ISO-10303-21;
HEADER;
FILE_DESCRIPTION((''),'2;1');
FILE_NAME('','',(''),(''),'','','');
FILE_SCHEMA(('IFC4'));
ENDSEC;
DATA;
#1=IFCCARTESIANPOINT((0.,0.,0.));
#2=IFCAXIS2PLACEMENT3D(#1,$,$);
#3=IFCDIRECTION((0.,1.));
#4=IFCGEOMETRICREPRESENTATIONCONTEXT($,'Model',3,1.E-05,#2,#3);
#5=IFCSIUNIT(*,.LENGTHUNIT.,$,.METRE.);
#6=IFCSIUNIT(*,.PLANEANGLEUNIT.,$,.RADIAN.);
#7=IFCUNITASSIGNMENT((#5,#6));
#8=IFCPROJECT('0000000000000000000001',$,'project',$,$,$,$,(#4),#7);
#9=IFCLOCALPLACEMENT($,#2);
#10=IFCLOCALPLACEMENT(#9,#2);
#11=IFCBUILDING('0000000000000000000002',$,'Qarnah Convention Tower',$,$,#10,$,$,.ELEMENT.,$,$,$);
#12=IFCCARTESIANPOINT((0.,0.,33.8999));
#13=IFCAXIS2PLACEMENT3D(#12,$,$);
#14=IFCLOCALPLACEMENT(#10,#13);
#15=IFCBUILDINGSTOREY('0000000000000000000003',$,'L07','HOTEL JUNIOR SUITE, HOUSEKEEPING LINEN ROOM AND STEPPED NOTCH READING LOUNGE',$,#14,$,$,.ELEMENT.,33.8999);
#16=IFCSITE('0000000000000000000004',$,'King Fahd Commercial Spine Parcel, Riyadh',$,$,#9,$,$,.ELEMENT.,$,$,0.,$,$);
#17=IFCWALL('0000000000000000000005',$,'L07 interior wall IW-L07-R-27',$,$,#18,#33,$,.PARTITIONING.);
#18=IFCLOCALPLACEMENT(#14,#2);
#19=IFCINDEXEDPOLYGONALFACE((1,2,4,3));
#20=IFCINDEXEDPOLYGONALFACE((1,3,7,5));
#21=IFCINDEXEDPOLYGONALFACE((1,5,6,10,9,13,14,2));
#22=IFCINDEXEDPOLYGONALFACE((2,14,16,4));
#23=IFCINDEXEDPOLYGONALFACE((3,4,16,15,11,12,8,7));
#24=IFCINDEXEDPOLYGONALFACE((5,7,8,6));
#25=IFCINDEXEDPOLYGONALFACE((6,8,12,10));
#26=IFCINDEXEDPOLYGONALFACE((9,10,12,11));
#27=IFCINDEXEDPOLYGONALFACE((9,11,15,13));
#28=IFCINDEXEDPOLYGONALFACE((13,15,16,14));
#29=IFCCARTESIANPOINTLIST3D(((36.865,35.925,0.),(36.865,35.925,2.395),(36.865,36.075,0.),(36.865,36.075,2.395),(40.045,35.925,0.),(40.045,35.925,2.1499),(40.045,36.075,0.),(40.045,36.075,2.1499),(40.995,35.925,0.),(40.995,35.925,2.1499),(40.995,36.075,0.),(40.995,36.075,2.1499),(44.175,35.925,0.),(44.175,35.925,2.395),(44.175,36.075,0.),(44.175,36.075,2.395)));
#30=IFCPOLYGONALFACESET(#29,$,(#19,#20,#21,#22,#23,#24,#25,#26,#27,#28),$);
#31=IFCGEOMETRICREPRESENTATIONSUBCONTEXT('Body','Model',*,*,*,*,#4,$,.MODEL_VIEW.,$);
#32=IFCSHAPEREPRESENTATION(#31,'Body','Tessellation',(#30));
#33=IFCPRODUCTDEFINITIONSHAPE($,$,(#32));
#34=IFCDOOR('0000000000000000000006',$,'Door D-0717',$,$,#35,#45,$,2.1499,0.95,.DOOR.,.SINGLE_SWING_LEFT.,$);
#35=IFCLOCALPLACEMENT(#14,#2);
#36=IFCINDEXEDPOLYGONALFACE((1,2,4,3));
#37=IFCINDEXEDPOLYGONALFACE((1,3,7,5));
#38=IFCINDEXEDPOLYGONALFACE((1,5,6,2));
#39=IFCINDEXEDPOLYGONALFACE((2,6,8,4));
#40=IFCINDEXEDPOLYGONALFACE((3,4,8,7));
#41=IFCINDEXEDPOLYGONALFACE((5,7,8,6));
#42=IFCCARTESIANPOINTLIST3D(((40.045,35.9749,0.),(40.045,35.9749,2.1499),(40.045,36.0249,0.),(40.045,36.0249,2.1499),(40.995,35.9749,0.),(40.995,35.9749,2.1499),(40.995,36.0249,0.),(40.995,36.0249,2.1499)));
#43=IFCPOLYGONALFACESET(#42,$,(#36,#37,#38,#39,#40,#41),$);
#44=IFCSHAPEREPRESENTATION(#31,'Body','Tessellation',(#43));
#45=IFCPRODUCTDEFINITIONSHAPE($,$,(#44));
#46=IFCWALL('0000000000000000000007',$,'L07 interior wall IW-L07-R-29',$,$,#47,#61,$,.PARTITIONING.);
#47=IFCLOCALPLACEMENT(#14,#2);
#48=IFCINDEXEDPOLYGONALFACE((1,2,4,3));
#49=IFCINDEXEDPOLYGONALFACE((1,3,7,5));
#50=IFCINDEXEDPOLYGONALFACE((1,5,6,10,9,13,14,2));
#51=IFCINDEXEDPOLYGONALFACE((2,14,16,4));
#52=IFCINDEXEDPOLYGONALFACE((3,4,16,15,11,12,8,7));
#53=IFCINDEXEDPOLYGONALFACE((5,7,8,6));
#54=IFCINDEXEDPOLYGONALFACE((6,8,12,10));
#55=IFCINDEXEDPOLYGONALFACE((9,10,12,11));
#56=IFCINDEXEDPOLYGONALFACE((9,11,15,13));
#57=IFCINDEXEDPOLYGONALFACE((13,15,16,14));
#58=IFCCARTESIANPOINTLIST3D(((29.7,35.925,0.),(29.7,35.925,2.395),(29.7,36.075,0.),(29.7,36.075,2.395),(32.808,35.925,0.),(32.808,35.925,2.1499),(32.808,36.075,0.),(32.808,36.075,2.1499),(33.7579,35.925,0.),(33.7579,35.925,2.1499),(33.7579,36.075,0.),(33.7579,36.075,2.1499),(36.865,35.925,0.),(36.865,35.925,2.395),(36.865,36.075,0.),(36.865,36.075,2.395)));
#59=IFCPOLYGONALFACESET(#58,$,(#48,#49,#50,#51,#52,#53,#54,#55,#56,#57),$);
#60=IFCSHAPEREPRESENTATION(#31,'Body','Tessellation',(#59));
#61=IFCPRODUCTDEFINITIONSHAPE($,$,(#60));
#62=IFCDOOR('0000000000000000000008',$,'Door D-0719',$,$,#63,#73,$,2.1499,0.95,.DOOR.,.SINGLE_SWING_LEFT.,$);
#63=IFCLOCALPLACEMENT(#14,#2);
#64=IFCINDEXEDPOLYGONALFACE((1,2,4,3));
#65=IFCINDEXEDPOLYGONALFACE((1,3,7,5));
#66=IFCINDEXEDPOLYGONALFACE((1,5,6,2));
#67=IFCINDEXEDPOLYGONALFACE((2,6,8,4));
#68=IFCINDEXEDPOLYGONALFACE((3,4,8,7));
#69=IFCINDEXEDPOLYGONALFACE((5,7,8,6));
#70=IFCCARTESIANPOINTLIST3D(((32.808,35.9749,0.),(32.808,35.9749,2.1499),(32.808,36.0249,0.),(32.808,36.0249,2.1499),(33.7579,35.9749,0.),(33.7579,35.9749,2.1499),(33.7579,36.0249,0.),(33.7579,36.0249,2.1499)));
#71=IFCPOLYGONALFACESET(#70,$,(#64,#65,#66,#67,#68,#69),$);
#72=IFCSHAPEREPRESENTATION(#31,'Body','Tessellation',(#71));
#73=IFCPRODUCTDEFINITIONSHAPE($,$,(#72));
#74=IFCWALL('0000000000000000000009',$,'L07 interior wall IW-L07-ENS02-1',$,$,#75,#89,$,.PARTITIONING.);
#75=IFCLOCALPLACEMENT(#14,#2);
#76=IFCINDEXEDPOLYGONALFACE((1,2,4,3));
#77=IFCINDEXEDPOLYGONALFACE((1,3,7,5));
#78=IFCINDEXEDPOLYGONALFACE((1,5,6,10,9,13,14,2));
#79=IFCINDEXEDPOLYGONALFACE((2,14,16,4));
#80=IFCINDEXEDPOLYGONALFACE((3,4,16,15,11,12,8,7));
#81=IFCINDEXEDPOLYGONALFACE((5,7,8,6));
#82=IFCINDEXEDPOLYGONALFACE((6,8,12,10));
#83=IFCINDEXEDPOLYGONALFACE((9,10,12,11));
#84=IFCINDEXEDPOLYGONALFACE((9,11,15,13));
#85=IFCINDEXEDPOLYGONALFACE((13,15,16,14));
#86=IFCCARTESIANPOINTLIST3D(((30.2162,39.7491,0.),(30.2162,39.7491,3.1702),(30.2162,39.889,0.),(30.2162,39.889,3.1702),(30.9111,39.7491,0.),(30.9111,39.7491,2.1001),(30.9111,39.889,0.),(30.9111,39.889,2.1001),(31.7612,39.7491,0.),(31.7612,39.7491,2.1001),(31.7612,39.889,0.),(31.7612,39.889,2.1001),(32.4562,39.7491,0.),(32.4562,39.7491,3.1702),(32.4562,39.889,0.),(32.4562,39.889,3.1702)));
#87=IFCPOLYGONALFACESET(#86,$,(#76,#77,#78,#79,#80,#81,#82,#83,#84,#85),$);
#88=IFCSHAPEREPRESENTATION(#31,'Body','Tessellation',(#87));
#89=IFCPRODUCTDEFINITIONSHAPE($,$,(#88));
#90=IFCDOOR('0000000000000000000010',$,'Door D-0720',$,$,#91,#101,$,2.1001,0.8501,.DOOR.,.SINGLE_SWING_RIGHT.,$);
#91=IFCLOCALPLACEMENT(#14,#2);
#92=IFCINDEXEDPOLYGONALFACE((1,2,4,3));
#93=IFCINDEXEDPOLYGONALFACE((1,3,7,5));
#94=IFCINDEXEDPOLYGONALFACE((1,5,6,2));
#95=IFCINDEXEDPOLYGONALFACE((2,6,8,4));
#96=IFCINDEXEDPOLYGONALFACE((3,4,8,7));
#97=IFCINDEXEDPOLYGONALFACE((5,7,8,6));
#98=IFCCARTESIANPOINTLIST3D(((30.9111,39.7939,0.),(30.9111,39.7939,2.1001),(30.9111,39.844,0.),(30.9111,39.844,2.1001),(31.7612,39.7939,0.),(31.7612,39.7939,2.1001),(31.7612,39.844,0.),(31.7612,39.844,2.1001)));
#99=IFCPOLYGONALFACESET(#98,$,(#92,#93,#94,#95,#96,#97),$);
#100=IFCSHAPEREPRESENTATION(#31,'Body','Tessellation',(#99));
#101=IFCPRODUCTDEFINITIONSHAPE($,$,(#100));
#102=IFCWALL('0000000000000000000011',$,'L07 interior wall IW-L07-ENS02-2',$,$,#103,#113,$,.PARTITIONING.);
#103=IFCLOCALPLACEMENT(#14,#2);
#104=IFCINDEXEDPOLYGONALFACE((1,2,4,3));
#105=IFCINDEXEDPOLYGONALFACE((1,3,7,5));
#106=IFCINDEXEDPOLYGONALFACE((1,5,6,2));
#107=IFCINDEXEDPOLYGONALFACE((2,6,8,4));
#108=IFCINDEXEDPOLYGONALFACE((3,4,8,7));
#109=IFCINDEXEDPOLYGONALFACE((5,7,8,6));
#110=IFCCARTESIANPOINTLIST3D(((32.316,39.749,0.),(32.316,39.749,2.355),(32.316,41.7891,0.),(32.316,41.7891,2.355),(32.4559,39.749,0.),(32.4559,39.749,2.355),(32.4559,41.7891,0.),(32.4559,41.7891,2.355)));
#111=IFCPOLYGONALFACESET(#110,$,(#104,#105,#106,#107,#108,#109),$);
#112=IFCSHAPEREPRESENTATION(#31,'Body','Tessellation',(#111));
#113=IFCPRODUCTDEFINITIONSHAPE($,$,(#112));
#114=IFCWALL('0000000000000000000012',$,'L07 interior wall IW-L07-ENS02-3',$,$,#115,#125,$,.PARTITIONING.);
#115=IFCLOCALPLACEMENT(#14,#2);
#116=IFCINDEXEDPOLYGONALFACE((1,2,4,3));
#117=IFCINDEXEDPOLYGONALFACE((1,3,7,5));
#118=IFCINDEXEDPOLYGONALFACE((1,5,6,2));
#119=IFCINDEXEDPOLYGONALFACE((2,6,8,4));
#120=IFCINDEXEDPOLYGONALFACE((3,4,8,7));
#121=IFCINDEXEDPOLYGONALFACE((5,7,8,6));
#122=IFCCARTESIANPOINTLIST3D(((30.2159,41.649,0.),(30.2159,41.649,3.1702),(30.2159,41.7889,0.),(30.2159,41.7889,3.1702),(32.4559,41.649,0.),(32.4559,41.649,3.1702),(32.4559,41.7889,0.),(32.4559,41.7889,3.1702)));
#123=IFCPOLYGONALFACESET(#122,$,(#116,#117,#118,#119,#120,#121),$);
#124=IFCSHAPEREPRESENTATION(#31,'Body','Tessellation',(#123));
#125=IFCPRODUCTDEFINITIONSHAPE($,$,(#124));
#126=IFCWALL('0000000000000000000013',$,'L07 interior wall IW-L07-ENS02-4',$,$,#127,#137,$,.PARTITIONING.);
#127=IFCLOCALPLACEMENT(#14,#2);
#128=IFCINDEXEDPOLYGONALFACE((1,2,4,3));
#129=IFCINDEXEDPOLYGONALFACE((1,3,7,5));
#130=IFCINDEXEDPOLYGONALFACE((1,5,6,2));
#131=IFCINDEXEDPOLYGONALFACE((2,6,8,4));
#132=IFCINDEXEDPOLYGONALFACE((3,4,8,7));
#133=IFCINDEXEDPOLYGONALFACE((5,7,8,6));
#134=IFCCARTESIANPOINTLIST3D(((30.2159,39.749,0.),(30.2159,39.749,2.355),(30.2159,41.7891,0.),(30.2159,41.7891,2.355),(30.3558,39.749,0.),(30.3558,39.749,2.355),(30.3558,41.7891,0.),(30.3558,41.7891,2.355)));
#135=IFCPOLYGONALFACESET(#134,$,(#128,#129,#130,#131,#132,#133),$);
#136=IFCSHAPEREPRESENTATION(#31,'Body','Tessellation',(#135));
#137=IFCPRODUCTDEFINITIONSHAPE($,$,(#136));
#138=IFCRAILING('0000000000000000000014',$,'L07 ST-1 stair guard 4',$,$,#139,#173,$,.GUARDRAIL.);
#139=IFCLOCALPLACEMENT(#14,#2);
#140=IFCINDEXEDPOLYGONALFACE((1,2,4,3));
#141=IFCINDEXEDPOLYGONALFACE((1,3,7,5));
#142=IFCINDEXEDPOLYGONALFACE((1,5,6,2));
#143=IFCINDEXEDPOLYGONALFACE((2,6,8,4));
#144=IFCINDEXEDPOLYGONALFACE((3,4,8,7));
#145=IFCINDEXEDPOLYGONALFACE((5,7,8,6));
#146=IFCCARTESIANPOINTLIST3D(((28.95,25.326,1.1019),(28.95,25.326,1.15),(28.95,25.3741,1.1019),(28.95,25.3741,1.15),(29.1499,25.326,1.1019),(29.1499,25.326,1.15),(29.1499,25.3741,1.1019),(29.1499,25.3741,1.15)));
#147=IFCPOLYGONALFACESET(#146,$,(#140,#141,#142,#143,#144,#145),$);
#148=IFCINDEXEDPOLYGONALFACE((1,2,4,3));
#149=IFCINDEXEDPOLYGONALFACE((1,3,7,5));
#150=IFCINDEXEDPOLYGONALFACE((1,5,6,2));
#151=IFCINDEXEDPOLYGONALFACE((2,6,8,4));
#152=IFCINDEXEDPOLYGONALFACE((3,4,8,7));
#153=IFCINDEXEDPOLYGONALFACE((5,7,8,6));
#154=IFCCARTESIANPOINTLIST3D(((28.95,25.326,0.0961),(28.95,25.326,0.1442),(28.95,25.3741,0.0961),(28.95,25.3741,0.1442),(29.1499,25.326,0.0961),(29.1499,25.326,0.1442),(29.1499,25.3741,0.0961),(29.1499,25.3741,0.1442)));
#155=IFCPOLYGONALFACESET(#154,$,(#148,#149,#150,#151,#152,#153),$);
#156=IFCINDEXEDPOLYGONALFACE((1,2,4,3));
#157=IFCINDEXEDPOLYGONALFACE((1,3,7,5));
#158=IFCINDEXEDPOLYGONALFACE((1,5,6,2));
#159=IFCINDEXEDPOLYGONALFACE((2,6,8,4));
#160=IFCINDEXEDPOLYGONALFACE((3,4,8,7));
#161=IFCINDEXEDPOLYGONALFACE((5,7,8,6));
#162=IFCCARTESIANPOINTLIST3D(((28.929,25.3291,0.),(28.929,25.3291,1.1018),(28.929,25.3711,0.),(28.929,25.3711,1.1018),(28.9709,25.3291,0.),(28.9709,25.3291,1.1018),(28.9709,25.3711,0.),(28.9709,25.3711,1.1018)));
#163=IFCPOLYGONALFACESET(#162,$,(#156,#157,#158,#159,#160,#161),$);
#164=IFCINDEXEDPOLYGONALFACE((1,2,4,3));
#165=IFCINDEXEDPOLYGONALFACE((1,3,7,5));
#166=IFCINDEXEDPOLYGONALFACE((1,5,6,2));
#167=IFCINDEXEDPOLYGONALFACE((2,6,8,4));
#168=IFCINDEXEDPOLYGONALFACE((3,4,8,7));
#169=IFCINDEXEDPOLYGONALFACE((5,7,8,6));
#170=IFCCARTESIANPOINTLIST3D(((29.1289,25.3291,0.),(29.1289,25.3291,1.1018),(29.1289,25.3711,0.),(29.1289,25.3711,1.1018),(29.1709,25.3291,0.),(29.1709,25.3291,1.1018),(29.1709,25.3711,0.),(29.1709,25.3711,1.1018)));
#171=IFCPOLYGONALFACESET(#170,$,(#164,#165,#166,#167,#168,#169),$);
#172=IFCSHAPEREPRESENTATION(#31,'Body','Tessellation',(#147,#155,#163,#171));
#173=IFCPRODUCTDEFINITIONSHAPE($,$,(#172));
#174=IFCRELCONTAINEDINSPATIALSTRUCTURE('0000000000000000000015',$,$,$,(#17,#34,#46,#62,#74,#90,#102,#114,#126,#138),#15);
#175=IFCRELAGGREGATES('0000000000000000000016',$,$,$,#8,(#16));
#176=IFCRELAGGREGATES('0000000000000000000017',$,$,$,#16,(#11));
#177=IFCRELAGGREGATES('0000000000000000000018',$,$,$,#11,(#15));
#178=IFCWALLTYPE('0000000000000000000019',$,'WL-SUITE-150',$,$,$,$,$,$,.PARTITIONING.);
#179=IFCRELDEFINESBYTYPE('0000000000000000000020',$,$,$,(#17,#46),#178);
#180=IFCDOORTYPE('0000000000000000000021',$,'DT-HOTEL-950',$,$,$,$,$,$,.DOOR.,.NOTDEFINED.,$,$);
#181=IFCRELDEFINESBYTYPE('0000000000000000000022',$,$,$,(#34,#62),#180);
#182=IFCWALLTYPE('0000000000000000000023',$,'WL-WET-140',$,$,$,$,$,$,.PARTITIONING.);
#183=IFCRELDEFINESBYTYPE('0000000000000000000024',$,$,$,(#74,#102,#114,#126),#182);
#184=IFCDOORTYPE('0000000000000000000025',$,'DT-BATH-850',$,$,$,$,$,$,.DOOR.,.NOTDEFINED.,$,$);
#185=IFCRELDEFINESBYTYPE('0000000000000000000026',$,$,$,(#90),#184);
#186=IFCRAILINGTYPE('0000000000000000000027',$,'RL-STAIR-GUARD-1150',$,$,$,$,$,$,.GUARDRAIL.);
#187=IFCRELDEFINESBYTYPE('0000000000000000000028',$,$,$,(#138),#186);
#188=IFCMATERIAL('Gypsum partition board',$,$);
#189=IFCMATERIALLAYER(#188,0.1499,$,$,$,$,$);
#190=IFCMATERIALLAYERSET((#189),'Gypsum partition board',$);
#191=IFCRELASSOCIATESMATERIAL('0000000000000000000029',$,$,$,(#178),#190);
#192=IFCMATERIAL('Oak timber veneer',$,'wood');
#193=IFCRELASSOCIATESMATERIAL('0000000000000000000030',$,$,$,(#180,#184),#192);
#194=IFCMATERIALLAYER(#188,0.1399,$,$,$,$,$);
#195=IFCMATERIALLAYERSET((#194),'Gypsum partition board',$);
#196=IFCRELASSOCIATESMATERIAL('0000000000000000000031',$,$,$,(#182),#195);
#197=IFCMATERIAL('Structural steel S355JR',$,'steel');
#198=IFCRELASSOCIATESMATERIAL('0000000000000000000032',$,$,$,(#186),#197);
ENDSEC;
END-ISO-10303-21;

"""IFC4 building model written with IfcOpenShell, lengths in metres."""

from ifc_helpers import new_model, si_unit, direction, frame, frame_2d, origin, origin_2d, place, context, subcontext, project, spatial, rectangle, extrude, material, layer, layer_set, type_object, element, fill, save


model = new_model("IFC4")

# Units and contexts
model_context = context("Model", 3, precision=1e-05, world=origin(), true_north=direction((0.0, 1.0)))
body_context = subcontext(model_context, "Body", "Model", "MODEL_VIEW")
ifc_project = project(units=[si_unit("LENGTHUNIT", "METRE"), si_unit("PLANEANGLEUNIT", "RADIAN")], contexts=[model_context])

# Site, building, storey
site_placement = place(None, origin())
site = spatial("IfcSite", under=ifc_project, at=site_placement, Name="King Fahd Commercial Spine Parcel, Riyadh", CompositionType="ELEMENT", RefElevation=0.0)
building_placement = place(site_placement, origin())
building = spatial("IfcBuilding", under=site, at=building_placement, Name="Qarnah Convention Tower", CompositionType="ELEMENT")
storey_placement = place(building_placement, frame((0.0, 0.0, 33.8999)))
storey = spatial("IfcBuildingStorey", under=building, at=storey_placement, Name="L07", Description="HOTEL JUNIOR SUITE, HOUSEKEEPING LINEN ROOM AND STEPPED NOTCH READING LOUNGE", CompositionType="ELEMENT", Elevation=33.8999)

# Shared definitions
ifc_material_1 = material(Name="Structural steel S355JR", Category="steel")

# Shared definitions
ifc_material_2 = material(Name="Gypsum partition board")
ifc_layer_1 = layer(ifc_material_2, 0.1499)
ifc_layer_set_1 = layer_set([ifc_layer_1], Name="Gypsum partition board")
wall_type_1 = type_object("IfcWallType", Name="WL-SUITE-150", PredefinedType="PARTITIONING", material=ifc_layer_set_1)

# Walls, openings, doors
wall_1_placement = place(storey_placement, frame((36.865, 36.0, 0.0), z_axis=(0.0, 0.0, 1.0), x_axis=(1.0, 0.0, 0.0)))
wall_1 = element("IfcWall", 1, at=wall_1_placement, inside=storey, type_object=wall_type_1, Name="L07 interior wall IW-L07-R-27", PredefinedType="PARTITIONING", context=body_context, shape_type="SweptSolid", body=[
    extrude(rectangle(XDim=7.3101, YDim=0.1499, at=frame_2d((3.655, 0.0))), origin(), (0.0, 0.0, 1.0), 2.395),
])
opening_1_placement = place(wall_1_placement, frame((3.1799, 0.0, 0.0)))
opening_1 = element("IfcOpeningElement", 2, at=opening_1_placement, cuts=wall_1, PredefinedType="OPENING", context=body_context, shape_type="SweptSolid", body=[
    extrude(rectangle(XDim=0.95, YDim=2.1499, at=frame_2d((0.4751, 1.075))), frame((0.0, 0.085, 0.0), z_axis=(0.0, -1.0, 0.0), x_axis=(1.0, 0.0, 0.0)), (0.0, 0.0, 1.0), 0.1699),
])
ifc_material_3 = material(Name="Oak timber veneer", Category="wood")
door_type_1 = type_object("IfcDoorType", Name="DT-HOTEL-950", OperationType="NOTDEFINED", PredefinedType="DOOR", material=ifc_material_3)
door_1_placement = place(opening_1_placement, origin())
door_1 = element("IfcDoor", 3, at=door_1_placement, inside=storey, type_object=door_type_1, Name="Door D-0717", OperationType="SINGLE_SWING_LEFT", OverallHeight=2.1499, OverallWidth=0.95, PredefinedType="DOOR", context=body_context, shape_type="SweptSolid", body=[
    extrude(rectangle(XDim=0.95, YDim=2.1499, at=frame_2d((0.4751, 1.075))), frame((0.0, 0.0249, 0.0), z_axis=(0.0, -1.0, 0.0), x_axis=(1.0, 0.0, 0.0)), (0.0, 0.0, 1.0), 0.05),
])
fill(opening_1, door_1)
wall_2_placement = place(storey_placement, frame((29.7, 36.0, 0.0), z_axis=(0.0, 0.0, 1.0), x_axis=(1.0, 0.0, 0.0)))
wall_2 = element("IfcWall", 4, at=wall_2_placement, inside=storey, type_object=wall_type_1, Name="L07 interior wall IW-L07-R-29", PredefinedType="PARTITIONING", context=body_context, shape_type="SweptSolid", body=[
    extrude(rectangle(XDim=7.165, YDim=0.1499, at=frame_2d((3.5825, 0.0))), origin(), (0.0, 0.0, 1.0), 2.395),
])
opening_2_placement = place(wall_2_placement, frame((3.1079, 0.0, 0.0)))
opening_2 = element("IfcOpeningElement", 5, at=opening_2_placement, cuts=wall_2, PredefinedType="OPENING", context=body_context, shape_type="SweptSolid", body=[
    extrude(rectangle(XDim=0.95, YDim=2.1499, at=frame_2d((0.4751, 1.075))), frame((0.0, 0.085, 0.0), z_axis=(0.0, -1.0, 0.0), x_axis=(1.0, 0.0, 0.0)), (0.0, 0.0, 1.0), 0.1699),
])
door_2_placement = place(opening_2_placement, origin())
door_2 = element("IfcDoor", 6, at=door_2_placement, inside=storey, type_object=door_type_1, Name="Door D-0719", OperationType="SINGLE_SWING_LEFT", OverallHeight=2.1499, OverallWidth=0.95, PredefinedType="DOOR", context=body_context, shape_type="SweptSolid", body=[
    extrude(rectangle(XDim=0.95, YDim=2.1499, at=frame_2d((0.4751, 1.075))), frame((0.0, 0.0249, 0.0), z_axis=(0.0, -1.0, 0.0), x_axis=(1.0, 0.0, 0.0)), (0.0, 0.0, 1.0), 0.05),
])
fill(opening_2, door_2)
ifc_layer_2 = layer(ifc_material_2, 0.1399)
ifc_layer_set_2 = layer_set([ifc_layer_2], Name="Gypsum partition board")
wall_type_2 = type_object("IfcWallType", Name="WL-WET-140", PredefinedType="PARTITIONING", material=ifc_layer_set_2)
wall_3_placement = place(storey_placement, frame((30.2161, 39.8191, 0.0), z_axis=(0.0, 0.0, 1.0), x_axis=(1.0, 0.0, 0.0)))
wall_3 = element("IfcWall", 7, at=wall_3_placement, inside=storey, type_object=wall_type_2, Name="L07 interior wall IW-L07-ENS02-1", PredefinedType="PARTITIONING", context=body_context, shape_type="SweptSolid", body=[
    extrude(rectangle(XDim=2.24, YDim=0.1399, at=frame_2d((1.1201, 0.0))), origin(), (0.0, 0.0, 1.0), 3.1702),
])
opening_3_placement = place(wall_3_placement, frame((0.6951, 0.0, 0.0)))
opening_3 = element("IfcOpeningElement", 8, at=opening_3_placement, cuts=wall_3, PredefinedType="OPENING", context=body_context, shape_type="SweptSolid", body=[
    extrude(rectangle(XDim=0.8501, YDim=2.1001, at=frame_2d((0.425, 1.05))), frame((0.0, 0.0798, 0.0), z_axis=(0.0, -1.0, 0.0), x_axis=(1.0, 0.0, 0.0)), (0.0, 0.0, 1.0), 0.1599),
])
door_type_2 = type_object("IfcDoorType", Name="DT-BATH-850", OperationType="NOTDEFINED", PredefinedType="DOOR", material=ifc_material_3)
door_3_placement = place(opening_3_placement, origin())
door_3 = element("IfcDoor", 9, at=door_3_placement, inside=storey, type_object=door_type_2, Name="Door D-0720", OperationType="SINGLE_SWING_RIGHT", OverallHeight=2.1001, OverallWidth=0.8501, PredefinedType="DOOR", context=body_context, shape_type="SweptSolid", body=[
    extrude(rectangle(XDim=0.8501, YDim=2.1001, at=frame_2d((0.425, 1.05))), frame((0.0, 0.0249, 0.0), z_axis=(0.0, -1.0, 0.0), x_axis=(1.0, 0.0, 0.0)), (0.0, 0.0, 1.0), 0.05),
])
fill(opening_3, door_3)

# Walls
wall_4_placement = place(storey_placement, frame((32.386, 39.749, 0.0), z_axis=(0.0, 0.0, 1.0), x_axis=(0.0, 1.0, 0.0)))
element("IfcWall", 10, at=wall_4_placement, inside=storey, type_object=wall_type_2, Name="L07 interior wall IW-L07-ENS02-2", PredefinedType="PARTITIONING", context=body_context, shape_type="SweptSolid", body=[
    extrude(rectangle(XDim=2.04, YDim=0.1399, at=frame_2d((1.02, 0.0))), origin(), (0.0, 0.0, 1.0), 2.355),
])
wall_5_placement = place(storey_placement, frame((32.4561, 41.719, 0.0), z_axis=(0.0, 0.0, 1.0), x_axis=(-1.0, 0.0, 0.0)))
element("IfcWall", 11, at=wall_5_placement, inside=storey, type_object=wall_type_2, Name="L07 interior wall IW-L07-ENS02-3", PredefinedType="PARTITIONING", context=body_context, shape_type="SweptSolid", body=[
    extrude(rectangle(XDim=2.24, YDim=0.1399, at=frame_2d((1.1201, 0.0))), origin(), (0.0, 0.0, 1.0), 3.1702),
])
wall_6_placement = place(storey_placement, frame((30.2859, 41.7891, 0.0), z_axis=(0.0, 0.0, 1.0), x_axis=(0.0, -1.0, 0.0)))
element("IfcWall", 12, at=wall_6_placement, inside=storey, type_object=wall_type_2, Name="L07 interior wall IW-L07-ENS02-4", PredefinedType="PARTITIONING", context=body_context, shape_type="SweptSolid", body=[
    extrude(rectangle(XDim=2.04, YDim=0.1399, at=frame_2d((1.02, 0.0))), origin(), (0.0, 0.0, 1.0), 2.355),
])

# Railing
railing_type = type_object("IfcRailingType", Name="RL-STAIR-GUARD-1150", PredefinedType="GUARDRAIL", material=ifc_material_1)
railing_placement = place(storey_placement, frame((28.95, 25.3501, 0.0)))
element("IfcRailing", 13, at=railing_placement, inside=storey, type_object=railing_type, Name="L07 ST-1 stair guard 4", PredefinedType="GUARDRAIL", context=body_context, shape_type="SweptSolid", body=[
    extrude(rectangle(XDim=0.0481, YDim=0.0481, at=origin_2d()), frame((0.0, 0.0, 1.126), z_axis=(1.0, 0.0, 0.0), x_axis=(0.0, 1.0, 0.0)), (0.0, 0.0, 1.0), 0.2),
    extrude(rectangle(XDim=0.0481, YDim=0.0481, at=origin_2d()), frame((0.0, 0.0, 0.1201), z_axis=(1.0, 0.0, 0.0), x_axis=(0.0, 1.0, 0.0)), (0.0, 0.0, 1.0), 0.2),
    extrude(rectangle(XDim=0.042, YDim=0.042, at=origin_2d()), origin(), (0.0, 0.0, 1.0), 1.1018),
    extrude(rectangle(XDim=0.042, YDim=0.042, at=origin_2d()), frame((0.2, 0.0, 0.0)), (0.0, 0.0, 1.0), 1.1018),
])

save(model, "model.ifc")
